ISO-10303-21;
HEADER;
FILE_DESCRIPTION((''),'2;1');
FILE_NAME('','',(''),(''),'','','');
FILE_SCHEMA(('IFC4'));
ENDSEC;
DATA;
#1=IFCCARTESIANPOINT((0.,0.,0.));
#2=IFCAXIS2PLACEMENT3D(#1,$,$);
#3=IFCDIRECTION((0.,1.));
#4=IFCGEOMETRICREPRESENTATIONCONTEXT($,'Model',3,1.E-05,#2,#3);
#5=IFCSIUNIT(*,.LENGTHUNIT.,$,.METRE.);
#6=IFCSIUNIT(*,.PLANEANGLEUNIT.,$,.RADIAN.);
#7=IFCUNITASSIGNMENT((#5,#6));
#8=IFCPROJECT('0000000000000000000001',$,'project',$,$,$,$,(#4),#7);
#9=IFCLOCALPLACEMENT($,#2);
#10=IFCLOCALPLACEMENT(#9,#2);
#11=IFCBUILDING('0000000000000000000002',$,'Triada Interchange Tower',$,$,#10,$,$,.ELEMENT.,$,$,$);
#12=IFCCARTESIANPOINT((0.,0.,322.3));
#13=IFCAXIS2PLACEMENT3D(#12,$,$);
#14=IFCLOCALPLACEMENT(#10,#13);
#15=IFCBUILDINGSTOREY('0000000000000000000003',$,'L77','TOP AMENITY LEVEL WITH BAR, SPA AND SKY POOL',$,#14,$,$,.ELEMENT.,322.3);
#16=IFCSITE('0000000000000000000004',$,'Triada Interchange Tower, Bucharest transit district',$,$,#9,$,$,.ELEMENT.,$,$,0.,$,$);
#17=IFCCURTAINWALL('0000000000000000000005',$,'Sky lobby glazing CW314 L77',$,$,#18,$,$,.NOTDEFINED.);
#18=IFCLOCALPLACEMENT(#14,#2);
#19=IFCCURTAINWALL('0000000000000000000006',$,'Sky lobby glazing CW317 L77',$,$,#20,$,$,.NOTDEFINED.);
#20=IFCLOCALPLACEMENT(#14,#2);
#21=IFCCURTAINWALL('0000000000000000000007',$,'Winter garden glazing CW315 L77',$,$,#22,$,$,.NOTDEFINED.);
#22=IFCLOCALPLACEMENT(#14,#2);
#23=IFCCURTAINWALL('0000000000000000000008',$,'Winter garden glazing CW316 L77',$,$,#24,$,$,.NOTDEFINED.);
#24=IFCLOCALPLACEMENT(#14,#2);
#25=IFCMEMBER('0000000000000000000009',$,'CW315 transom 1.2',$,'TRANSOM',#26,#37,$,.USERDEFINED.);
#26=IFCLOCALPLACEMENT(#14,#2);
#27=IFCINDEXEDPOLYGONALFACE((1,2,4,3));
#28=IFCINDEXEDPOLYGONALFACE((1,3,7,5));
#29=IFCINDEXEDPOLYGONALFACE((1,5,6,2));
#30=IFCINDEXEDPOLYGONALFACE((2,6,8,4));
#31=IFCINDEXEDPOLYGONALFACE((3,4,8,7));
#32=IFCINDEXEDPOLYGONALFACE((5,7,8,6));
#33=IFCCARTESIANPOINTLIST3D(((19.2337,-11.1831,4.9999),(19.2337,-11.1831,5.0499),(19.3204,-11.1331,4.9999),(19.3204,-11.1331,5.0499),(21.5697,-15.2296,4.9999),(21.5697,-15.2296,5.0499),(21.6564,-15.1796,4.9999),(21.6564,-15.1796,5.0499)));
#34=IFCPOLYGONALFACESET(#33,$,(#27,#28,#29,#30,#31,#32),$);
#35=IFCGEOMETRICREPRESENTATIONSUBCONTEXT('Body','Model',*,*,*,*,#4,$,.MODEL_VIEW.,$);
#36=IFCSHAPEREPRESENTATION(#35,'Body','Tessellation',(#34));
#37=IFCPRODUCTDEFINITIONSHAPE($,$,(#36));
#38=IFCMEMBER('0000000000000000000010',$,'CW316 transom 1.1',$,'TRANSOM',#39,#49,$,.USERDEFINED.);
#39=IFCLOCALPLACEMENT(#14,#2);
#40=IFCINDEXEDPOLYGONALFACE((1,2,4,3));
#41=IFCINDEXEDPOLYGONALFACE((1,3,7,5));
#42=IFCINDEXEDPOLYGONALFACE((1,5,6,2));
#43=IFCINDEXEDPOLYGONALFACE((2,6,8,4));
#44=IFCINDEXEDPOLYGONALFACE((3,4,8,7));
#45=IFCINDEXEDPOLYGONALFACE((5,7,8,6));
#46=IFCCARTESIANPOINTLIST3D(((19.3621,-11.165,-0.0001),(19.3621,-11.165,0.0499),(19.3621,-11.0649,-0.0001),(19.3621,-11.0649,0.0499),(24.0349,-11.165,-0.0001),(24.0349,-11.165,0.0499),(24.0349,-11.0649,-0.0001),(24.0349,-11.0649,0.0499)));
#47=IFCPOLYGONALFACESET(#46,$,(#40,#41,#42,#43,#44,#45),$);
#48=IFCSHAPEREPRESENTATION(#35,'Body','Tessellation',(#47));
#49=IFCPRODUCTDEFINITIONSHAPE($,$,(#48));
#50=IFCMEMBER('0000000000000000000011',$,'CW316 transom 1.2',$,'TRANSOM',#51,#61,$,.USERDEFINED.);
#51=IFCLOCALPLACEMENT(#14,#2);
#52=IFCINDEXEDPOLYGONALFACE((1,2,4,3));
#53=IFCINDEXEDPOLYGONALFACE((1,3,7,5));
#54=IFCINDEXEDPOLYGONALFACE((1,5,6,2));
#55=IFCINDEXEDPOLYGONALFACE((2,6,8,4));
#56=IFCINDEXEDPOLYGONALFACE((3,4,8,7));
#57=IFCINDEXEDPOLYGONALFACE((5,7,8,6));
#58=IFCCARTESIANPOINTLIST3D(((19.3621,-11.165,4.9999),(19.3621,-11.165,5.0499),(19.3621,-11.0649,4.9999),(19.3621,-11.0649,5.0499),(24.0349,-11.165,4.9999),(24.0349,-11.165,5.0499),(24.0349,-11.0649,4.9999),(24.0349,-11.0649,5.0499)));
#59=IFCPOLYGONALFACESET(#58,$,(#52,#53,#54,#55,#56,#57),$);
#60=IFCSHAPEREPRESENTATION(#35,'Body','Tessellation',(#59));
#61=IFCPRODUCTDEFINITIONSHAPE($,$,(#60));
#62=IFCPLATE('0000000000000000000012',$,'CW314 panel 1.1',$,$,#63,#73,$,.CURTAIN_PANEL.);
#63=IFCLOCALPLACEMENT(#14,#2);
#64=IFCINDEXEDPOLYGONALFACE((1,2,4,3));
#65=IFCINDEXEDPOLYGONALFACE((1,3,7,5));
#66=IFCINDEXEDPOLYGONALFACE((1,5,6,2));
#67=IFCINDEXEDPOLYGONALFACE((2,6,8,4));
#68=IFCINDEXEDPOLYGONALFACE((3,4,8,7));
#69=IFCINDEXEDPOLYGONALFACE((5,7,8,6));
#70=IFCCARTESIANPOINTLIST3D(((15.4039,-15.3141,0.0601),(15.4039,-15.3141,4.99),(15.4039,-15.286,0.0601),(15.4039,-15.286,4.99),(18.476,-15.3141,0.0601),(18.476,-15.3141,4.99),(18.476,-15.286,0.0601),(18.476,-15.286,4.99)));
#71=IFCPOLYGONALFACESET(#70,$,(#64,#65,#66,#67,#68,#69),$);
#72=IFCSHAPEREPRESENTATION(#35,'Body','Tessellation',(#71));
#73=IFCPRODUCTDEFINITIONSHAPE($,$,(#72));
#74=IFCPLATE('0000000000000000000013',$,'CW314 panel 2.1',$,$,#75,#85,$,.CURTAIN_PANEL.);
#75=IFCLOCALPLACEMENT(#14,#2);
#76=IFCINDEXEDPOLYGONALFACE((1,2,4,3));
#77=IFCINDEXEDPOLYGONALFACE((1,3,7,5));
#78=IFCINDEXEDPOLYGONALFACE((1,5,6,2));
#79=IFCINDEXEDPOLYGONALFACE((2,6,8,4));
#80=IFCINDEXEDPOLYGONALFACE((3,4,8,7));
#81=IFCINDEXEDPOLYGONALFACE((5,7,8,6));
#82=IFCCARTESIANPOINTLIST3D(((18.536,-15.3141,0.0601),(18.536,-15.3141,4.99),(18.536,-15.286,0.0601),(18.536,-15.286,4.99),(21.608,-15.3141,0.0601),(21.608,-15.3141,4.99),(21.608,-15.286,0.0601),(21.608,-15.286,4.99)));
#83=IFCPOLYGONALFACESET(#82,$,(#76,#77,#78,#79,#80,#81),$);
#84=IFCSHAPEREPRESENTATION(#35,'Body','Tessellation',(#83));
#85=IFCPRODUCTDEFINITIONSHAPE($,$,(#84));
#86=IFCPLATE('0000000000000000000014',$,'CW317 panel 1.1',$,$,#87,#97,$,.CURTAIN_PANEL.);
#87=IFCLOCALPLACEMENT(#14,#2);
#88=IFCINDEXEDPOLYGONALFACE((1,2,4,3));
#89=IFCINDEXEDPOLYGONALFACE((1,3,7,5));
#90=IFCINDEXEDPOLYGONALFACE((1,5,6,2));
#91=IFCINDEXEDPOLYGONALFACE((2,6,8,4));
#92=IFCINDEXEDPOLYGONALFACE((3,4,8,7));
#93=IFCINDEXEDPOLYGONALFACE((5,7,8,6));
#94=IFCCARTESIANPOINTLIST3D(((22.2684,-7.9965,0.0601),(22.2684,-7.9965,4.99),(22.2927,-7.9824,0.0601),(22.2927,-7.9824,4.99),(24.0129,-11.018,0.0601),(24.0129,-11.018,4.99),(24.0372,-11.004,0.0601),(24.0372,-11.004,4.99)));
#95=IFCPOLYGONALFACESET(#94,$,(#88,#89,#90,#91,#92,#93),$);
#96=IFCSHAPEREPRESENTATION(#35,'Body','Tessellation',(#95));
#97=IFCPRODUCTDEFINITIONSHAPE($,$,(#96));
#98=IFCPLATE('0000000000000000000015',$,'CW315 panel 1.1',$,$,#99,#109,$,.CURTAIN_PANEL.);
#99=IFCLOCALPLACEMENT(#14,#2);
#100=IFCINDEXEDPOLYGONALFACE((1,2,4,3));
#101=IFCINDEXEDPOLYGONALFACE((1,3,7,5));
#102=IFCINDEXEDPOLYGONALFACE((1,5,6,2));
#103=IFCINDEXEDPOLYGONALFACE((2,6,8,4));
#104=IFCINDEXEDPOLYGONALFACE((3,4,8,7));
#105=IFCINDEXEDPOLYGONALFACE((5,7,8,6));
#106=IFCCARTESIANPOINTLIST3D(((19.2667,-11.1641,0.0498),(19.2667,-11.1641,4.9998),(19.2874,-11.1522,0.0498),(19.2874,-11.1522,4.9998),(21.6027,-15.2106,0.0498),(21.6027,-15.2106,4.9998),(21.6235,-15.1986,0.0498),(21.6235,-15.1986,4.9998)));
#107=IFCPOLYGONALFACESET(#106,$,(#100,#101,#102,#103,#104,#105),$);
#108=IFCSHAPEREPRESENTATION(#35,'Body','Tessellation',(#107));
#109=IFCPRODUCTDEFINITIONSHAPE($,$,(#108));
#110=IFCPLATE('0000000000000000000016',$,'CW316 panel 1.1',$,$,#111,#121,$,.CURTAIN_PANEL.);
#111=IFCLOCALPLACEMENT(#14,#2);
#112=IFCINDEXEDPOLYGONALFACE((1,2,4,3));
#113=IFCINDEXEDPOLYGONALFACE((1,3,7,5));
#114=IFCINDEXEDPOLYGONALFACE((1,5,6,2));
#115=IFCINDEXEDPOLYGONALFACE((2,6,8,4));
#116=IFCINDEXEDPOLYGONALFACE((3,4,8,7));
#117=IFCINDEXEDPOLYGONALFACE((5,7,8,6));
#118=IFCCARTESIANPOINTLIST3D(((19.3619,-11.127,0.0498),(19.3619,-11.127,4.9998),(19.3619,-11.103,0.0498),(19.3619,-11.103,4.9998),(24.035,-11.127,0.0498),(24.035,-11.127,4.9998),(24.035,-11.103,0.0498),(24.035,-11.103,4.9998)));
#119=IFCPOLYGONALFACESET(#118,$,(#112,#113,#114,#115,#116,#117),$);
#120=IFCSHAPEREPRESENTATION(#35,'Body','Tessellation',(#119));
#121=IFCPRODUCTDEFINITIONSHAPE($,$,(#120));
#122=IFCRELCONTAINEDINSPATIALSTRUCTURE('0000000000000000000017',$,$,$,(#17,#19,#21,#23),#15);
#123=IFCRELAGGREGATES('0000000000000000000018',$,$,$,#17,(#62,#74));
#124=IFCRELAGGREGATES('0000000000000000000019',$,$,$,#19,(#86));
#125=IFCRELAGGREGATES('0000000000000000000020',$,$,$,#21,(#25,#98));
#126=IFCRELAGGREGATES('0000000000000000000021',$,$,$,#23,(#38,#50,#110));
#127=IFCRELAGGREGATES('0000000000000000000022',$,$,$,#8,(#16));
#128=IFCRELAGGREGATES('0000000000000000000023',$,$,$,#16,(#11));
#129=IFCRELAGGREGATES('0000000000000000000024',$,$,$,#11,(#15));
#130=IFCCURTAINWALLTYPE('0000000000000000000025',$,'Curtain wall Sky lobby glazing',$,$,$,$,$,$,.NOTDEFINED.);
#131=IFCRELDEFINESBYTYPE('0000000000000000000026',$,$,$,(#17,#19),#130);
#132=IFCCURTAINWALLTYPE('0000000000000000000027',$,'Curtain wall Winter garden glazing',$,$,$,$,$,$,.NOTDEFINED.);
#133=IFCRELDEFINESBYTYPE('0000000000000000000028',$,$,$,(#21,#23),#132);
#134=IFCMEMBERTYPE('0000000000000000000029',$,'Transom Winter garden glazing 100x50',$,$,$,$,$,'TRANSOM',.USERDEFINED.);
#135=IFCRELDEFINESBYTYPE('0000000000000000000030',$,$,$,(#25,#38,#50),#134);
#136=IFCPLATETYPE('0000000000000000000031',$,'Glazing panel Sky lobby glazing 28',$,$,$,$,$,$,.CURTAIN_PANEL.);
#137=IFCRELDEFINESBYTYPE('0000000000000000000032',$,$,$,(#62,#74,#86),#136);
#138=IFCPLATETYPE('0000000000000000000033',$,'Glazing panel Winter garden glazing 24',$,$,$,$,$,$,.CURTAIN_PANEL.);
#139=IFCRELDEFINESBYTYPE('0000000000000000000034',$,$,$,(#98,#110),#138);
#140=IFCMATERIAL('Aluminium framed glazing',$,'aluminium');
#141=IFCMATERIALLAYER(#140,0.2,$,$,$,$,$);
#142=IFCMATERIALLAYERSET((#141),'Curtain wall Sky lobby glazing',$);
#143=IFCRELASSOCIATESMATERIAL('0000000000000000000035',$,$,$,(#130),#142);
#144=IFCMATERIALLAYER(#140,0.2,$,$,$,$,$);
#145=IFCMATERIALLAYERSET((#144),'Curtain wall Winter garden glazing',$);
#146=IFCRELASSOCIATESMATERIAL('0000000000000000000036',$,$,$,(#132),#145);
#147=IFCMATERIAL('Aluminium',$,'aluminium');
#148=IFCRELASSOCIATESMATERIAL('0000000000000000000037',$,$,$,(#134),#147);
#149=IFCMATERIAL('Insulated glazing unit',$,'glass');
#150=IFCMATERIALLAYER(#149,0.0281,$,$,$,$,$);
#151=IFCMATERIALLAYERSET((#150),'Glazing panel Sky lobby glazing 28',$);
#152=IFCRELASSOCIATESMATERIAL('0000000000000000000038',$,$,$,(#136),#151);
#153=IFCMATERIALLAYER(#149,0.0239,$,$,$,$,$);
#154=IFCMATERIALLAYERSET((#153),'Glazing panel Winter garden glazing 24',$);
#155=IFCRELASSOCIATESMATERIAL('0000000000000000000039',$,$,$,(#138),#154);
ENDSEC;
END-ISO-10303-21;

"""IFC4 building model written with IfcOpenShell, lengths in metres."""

from ifc_helpers import new_model, si_unit, direction, frame, origin, origin_2d, place, context, subcontext, project, spatial, rectangle, extrude, material, layer, layer_set, material_profile, profile_set, type_object, element, aggregate, save


model = new_model("IFC4")

# Units and contexts
model_context = context("Model", 3, precision=1e-05, world=origin(), true_north=direction((0.0, 1.0)))
body_context = subcontext(model_context, "Body", "Model", "MODEL_VIEW")
ifc_project = project(units=[si_unit("LENGTHUNIT", "METRE"), si_unit("PLANEANGLEUNIT", "RADIAN")], contexts=[model_context])

# Site, building, storey
site_placement = place(None, origin())
site = spatial("IfcSite", under=ifc_project, at=site_placement, Name="Triada Interchange Tower, Bucharest transit district", CompositionType="ELEMENT", RefElevation=0.0)
building_placement = place(site_placement, origin())
building = spatial("IfcBuilding", under=site, at=building_placement, Name="Triada Interchange Tower", CompositionType="ELEMENT")
storey_placement = place(building_placement, frame((0.0, 0.0, 322.3)))
storey = spatial("IfcBuildingStorey", under=building, at=storey_placement, Name="L77", Description="TOP AMENITY LEVEL WITH BAR, SPA AND SKY POOL", CompositionType="ELEMENT", Elevation=322.3)

# Curtain wall
ifc_material_1 = material(Name="Aluminium framed glazing", Category="aluminium")
ifc_layer_1 = layer(ifc_material_1, 0.2)
ifc_layer_set_1 = layer_set([ifc_layer_1], Name="Curtain wall Sky lobby glazing")
curtain_wall_type_1 = type_object("IfcCurtainWallType", Name="Curtain wall Sky lobby glazing", PredefinedType="NOTDEFINED", material=ifc_layer_set_1)
curtain_wall_1_placement = place(storey_placement, origin())
curtain_wall_1 = element("IfcCurtainWall", 1, at=curtain_wall_1_placement, inside=storey, type_object=curtain_wall_type_1, Name="Sky lobby glazing CW314 L77", PredefinedType="NOTDEFINED")
ifc_material_2 = material(Name="Aluminium", Category="aluminium")

# Curtain wall
curtain_wall_2_placement = place(storey_placement, origin())
curtain_wall_2 = element("IfcCurtainWall", 2, at=curtain_wall_2_placement, inside=storey, type_object=curtain_wall_type_1, Name="Sky lobby glazing CW317 L77", PredefinedType="NOTDEFINED")

# Curtain walls
ifc_layer_2 = layer(ifc_material_1, 0.2)
ifc_layer_set_2 = layer_set([ifc_layer_2], Name="Curtain wall Winter garden glazing")
curtain_wall_type_2 = type_object("IfcCurtainWallType", Name="Curtain wall Winter garden glazing", PredefinedType="NOTDEFINED", material=ifc_layer_set_2)
curtain_wall_3_placement = place(storey_placement, origin())
curtain_wall_3 = element("IfcCurtainWall", 3, at=curtain_wall_3_placement, inside=storey, type_object=curtain_wall_type_2, Name="Winter garden glazing CW315 L77", PredefinedType="NOTDEFINED")
curtain_wall_4_placement = place(storey_placement, origin())
curtain_wall_4 = element("IfcCurtainWall", 4, at=curtain_wall_4_placement, inside=storey, type_object=curtain_wall_type_2, Name="Winter garden glazing CW316 L77", PredefinedType="NOTDEFINED")

# Members
ifc_material_profile_1 = material_profile(ifc_material_2, rectangle(XDim=0.1001, YDim=0.05, at=origin_2d()), Name="Aluminium transom")
ifc_profile_set_1 = profile_set([ifc_material_profile_1], Name="Aluminium")
member_type_1 = type_object("IfcMemberType", Name="Transom Winter garden glazing 100x50", ElementType="TRANSOM", PredefinedType="USERDEFINED", material=ifc_profile_set_1)
member_1_placement = place(storey_placement, frame((21.613, -15.2046, 5.0249), z_axis=(-0.499961, 0.866048, 0.0), x_axis=(-0.866048, -0.499961, 0.0)))
member_1 = element("IfcMember", 5, at=member_1_placement, type_object=member_type_1, Name="CW315 transom 1.2", ObjectType="TRANSOM", PredefinedType="USERDEFINED", context=body_context, shape_type="SweptSolid", body=[
    extrude(rectangle(XDim=0.1001, YDim=0.05, at=origin_2d()), origin(), (0.0, 0.0, 1.0), 4.6724),
])
member_2_placement = place(storey_placement, frame((19.3621, -11.115, 0.0249), z_axis=(1.0, 0.0, 0.0), x_axis=(0.0, 1.0, 0.0)))
member_2 = element("IfcMember", 6, at=member_2_placement, type_object=member_type_1, Name="CW316 transom 1.1", ObjectType="TRANSOM", PredefinedType="USERDEFINED", context=body_context, shape_type="SweptSolid", body=[
    extrude(rectangle(XDim=0.1001, YDim=0.05, at=origin_2d()), origin(), (0.0, 0.0, 1.0), 4.6729),
])
member_3_placement = place(storey_placement, frame((19.3621, -11.115, 5.0249), z_axis=(1.0, 0.0, 0.0), x_axis=(0.0, 1.0, 0.0)))
member_3 = element("IfcMember", 7, at=member_3_placement, type_object=member_type_1, Name="CW316 transom 1.2", ObjectType="TRANSOM", PredefinedType="USERDEFINED", context=body_context, shape_type="SweptSolid", body=[
    extrude(rectangle(XDim=0.1001, YDim=0.05, at=origin_2d()), origin(), (0.0, 0.0, 1.0), 4.6729),
])

# Plates
ifc_material_3 = material(Name="Insulated glazing unit", Category="glass")
ifc_layer_3 = layer(ifc_material_3, 0.0281)
ifc_layer_set_3 = layer_set([ifc_layer_3], Name="Glazing panel Sky lobby glazing 28")
plate_type_1 = type_object("IfcPlateType", Name="Glazing panel Sky lobby glazing 28", PredefinedType="CURTAIN_PANEL", material=ifc_layer_set_3)
plate_1_placement = place(storey_placement, frame((16.9399, -15.3, 0.0601), z_axis=(0.0, 0.0, 1.0), x_axis=(1.0, 0.0, 0.0)))
plate_1 = element("IfcPlate", 8, at=plate_1_placement, type_object=plate_type_1, Name="CW314 panel 1.1", PredefinedType="CURTAIN_PANEL", context=body_context, shape_type="SweptSolid", body=[
    extrude(rectangle(XDim=3.072, YDim=0.0281, at=origin_2d()), origin(), (0.0, 0.0, 1.0), 4.9299),
])
plate_2_placement = place(storey_placement, frame((20.072, -15.3, 0.0601), z_axis=(0.0, 0.0, 1.0), x_axis=(1.0, 0.0, 0.0)))
plate_2 = element("IfcPlate", 9, at=plate_2_placement, type_object=plate_type_1, Name="CW314 panel 2.1", PredefinedType="CURTAIN_PANEL", context=body_context, shape_type="SweptSolid", body=[
    extrude(rectangle(XDim=3.072, YDim=0.0281, at=origin_2d()), origin(), (0.0, 0.0, 1.0), 4.9299),
])
aggregate(curtain_wall_1, [plate_1, plate_2])
plate_3_placement = place(storey_placement, frame((23.1528, -9.5002, 0.0601), z_axis=(0.0, 0.0, 1.0), x_axis=(-0.500001, 0.866025, 0.0)))
plate_3 = element("IfcPlate", 10, at=plate_3_placement, type_object=plate_type_1, Name="CW317 panel 1.1", PredefinedType="CURTAIN_PANEL", context=body_context, shape_type="SweptSolid", body=[
    extrude(rectangle(XDim=3.489, YDim=0.0281, at=origin_2d()), origin(), (0.0, 0.0, 1.0), 4.9299),
])
aggregate(curtain_wall_2, [plate_3])
ifc_layer_4 = layer(ifc_material_3, 0.0239)
ifc_layer_set_4 = layer_set([ifc_layer_4], Name="Glazing panel Winter garden glazing 24")
plate_type_2 = type_object("IfcPlateType", Name="Glazing panel Winter garden glazing 24", PredefinedType="CURTAIN_PANEL", material=ifc_layer_set_4)
plate_4_placement = place(storey_placement, frame((20.4451, -13.1814, 0.0498), z_axis=(0.0, 0.0, 1.0), x_axis=(-0.49997, 0.866043, 0.0)))
plate_4 = element("IfcPlate", 11, at=plate_4_placement, type_object=plate_type_2, Name="CW315 panel 1.1", PredefinedType="CURTAIN_PANEL", context=body_context, shape_type="SweptSolid", body=[
    extrude(rectangle(XDim=4.6724, YDim=0.0239, at=origin_2d()), origin(), (0.0, 0.0, 1.0), 4.95),
])
aggregate(curtain_wall_3, [member_1, plate_4])
plate_5_placement = place(storey_placement, frame((21.6985, -11.115, 0.0498), z_axis=(0.0, 0.0, 1.0), x_axis=(1.0, 0.0, 0.0)))
plate_5 = element("IfcPlate", 12, at=plate_5_placement, type_object=plate_type_2, Name="CW316 panel 1.1", PredefinedType="CURTAIN_PANEL", context=body_context, shape_type="SweptSolid", body=[
    extrude(rectangle(XDim=4.6731, YDim=0.0239, at=origin_2d()), origin(), (0.0, 0.0, 1.0), 4.95),
])
aggregate(curtain_wall_4, [member_2, member_3, plate_5])

save(model, "model.ifc")
